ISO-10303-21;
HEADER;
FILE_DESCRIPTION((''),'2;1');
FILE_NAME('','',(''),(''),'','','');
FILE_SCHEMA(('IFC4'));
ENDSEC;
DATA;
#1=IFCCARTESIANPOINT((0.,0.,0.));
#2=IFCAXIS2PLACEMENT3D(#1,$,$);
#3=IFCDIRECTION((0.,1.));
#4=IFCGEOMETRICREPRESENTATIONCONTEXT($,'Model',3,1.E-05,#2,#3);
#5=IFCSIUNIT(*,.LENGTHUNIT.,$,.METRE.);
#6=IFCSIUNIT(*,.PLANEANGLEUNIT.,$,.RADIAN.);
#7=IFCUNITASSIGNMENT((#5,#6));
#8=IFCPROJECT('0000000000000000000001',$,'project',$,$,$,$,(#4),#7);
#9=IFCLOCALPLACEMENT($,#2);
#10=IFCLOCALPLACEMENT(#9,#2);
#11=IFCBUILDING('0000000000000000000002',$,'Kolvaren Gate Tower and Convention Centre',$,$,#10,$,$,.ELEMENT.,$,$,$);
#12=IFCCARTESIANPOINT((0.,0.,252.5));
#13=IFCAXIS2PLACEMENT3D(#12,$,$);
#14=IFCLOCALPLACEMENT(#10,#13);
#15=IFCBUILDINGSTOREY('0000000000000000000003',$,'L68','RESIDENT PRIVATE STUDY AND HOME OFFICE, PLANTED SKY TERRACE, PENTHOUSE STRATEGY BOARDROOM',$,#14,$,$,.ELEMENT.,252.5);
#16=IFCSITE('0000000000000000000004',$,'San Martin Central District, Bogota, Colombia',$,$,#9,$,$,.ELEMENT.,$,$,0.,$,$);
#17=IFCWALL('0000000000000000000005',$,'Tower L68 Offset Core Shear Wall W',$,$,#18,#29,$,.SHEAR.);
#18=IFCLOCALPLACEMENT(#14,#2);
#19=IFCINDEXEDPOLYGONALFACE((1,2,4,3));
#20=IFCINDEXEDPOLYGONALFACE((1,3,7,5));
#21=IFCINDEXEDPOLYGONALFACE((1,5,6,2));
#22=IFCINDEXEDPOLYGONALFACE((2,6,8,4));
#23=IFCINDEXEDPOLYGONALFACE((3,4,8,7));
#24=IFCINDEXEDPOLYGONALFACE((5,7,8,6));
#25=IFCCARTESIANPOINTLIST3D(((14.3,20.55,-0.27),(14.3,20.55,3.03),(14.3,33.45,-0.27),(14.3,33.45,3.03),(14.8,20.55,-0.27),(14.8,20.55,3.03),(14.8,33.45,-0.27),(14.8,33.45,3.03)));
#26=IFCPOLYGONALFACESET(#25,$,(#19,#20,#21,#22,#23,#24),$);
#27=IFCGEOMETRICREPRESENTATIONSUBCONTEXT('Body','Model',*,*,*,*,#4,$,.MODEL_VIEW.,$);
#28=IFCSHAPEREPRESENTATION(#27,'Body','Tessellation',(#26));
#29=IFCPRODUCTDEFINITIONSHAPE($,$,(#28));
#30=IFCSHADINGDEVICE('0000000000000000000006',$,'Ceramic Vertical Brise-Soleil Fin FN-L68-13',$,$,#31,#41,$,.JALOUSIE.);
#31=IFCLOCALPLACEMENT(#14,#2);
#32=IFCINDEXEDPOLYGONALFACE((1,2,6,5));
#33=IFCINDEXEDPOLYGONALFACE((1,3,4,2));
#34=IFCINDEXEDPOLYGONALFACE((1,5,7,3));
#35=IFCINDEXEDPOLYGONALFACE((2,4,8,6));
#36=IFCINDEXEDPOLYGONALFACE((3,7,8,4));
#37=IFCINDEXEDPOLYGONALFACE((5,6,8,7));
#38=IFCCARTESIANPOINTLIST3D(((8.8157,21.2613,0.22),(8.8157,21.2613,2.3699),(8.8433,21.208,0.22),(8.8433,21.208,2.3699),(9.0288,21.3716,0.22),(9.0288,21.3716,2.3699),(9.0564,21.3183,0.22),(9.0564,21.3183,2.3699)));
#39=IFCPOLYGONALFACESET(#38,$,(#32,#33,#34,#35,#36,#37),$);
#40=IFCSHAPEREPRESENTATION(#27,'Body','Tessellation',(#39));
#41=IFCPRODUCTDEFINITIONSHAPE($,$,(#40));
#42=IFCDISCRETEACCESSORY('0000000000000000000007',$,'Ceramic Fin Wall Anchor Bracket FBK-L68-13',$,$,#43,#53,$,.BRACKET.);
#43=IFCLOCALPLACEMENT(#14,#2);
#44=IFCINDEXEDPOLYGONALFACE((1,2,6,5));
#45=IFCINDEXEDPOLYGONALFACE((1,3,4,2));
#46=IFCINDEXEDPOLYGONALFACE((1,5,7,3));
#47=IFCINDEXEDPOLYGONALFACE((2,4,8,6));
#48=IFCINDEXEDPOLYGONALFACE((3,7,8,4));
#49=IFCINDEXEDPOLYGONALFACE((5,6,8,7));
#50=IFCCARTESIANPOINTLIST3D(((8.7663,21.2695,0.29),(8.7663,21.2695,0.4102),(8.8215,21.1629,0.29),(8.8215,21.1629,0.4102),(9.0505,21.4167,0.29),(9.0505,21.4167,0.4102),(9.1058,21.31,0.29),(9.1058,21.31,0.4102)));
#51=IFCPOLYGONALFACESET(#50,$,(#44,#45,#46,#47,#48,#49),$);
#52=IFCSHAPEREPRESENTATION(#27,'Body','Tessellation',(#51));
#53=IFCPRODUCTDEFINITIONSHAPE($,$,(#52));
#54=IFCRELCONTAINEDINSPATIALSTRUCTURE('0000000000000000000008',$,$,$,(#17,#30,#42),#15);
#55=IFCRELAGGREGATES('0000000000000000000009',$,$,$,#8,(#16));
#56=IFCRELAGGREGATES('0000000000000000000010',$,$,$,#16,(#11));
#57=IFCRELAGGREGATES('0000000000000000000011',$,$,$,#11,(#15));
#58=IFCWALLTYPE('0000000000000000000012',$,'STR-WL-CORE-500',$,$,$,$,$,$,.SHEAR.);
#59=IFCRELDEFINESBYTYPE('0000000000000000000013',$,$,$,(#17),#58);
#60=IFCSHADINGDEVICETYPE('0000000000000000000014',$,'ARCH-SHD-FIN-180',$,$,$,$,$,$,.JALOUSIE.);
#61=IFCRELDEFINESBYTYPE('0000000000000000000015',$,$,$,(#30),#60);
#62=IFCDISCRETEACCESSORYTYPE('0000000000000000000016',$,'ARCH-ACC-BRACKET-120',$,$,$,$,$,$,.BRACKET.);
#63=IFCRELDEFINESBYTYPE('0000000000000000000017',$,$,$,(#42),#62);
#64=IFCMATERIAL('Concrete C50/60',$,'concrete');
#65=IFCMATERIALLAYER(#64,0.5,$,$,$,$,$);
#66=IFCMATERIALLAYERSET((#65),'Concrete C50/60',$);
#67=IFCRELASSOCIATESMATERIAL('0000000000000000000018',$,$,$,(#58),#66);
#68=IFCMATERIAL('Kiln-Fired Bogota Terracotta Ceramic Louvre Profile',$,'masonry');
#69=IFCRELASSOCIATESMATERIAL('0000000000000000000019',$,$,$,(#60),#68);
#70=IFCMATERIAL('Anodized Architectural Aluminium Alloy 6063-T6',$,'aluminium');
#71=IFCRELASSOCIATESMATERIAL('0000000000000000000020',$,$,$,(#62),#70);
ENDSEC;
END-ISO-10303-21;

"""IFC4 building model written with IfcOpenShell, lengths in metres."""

from ifc_helpers import new_model, si_unit, direction, frame, frame_2d, origin, origin_2d, place, context, subcontext, project, spatial, rectangle, extrude, material, layer, layer_set, type_object, element, save


model = new_model("IFC4")

# Units and contexts
model_context = context("Model", 3, precision=1e-05, world=origin(), true_north=direction((0.0, 1.0)))
body_context = subcontext(model_context, "Body", "Model", "MODEL_VIEW")
ifc_project = project(units=[si_unit("LENGTHUNIT", "METRE"), si_unit("PLANEANGLEUNIT", "RADIAN")], contexts=[model_context])

# Site, building, storey
site_placement = place(None, origin())
site = spatial("IfcSite", under=ifc_project, at=site_placement, Name="San Martin Central District, Bogota, Colombia", CompositionType="ELEMENT", RefElevation=0.0)
building_placement = place(site_placement, origin())
building = spatial("IfcBuilding", under=site, at=building_placement, Name="Kolvaren Gate Tower and Convention Centre", CompositionType="ELEMENT")
storey_placement = place(building_placement, frame((0.0, 0.0, 252.5)))
storey = spatial("IfcBuildingStorey", under=building, at=storey_placement, Name="L68", Description="RESIDENT PRIVATE STUDY AND HOME OFFICE, PLANTED SKY TERRACE, PENTHOUSE STRATEGY BOARDROOM", CompositionType="ELEMENT", Elevation=252.5)

# Shared definitions
ifc_material_1 = material(Name="Anodized Architectural Aluminium Alloy 6063-T6", Category="aluminium")

# Wall
ifc_material_2 = material(Name="Concrete C50/60", Category="concrete")
ifc_layer_1 = layer(ifc_material_2, 0.5)
ifc_layer_set_1 = layer_set([ifc_layer_1], Name="Concrete C50/60")
wall_type_1 = type_object("IfcWallType", Name="STR-WL-CORE-500", PredefinedType="SHEAR", material=ifc_layer_set_1)
wall_1_placement = place(storey_placement, frame((14.55, 20.55, -0.27), z_axis=(0.0, 0.0, 1.0), x_axis=(0.0, 1.0, 0.0)))
element("IfcWall", 1, at=wall_1_placement, inside=storey, type_object=wall_type_1, Name="Tower L68 Offset Core Shear Wall W", PredefinedType="SHEAR", context=body_context, shape_type="SweptSolid", body=[
    extrude(rectangle(XDim=12.8999, YDim=0.5, at=frame_2d((6.45, 0.0))), origin(), (0.0, 0.0, 1.0), 3.3),
])

# Shading device
ifc_material_3 = material(Name="Kiln-Fired Bogota Terracotta Ceramic Louvre Profile", Category="masonry")
shading_device_type = type_object("IfcShadingDeviceType", Name="ARCH-SHD-FIN-180", PredefinedType="JALOUSIE", material=ifc_material_3)
shading_device_placement = place(storey_placement, frame((8.936, 21.2898, 0.22), z_axis=(0.0, 0.0, 1.0), x_axis=(0.459778, -0.888034, 0.0)))
element("IfcShadingDevice", 2, at=shading_device_placement, inside=storey, type_object=shading_device_type, Name="Ceramic Vertical Brise-Soleil Fin FN-L68-13", PredefinedType="JALOUSIE", context=body_context, shape_type="SweptSolid", body=[
    extrude(rectangle(XDim=0.0601, YDim=0.24, at=origin_2d()), origin(), (0.0, 0.0, 1.0), 2.1499),
])

# Discrete accessory
discrete_accessory_type = type_object("IfcDiscreteAccessoryType", Name="ARCH-ACC-BRACKET-120", PredefinedType="BRACKET", material=ifc_material_1)
discrete_accessory_placement = place(storey_placement, frame((8.936, 21.2898, 0.29), z_axis=(0.0, 0.0, 1.0), x_axis=(0.459778, -0.888034, 0.0)))
element("IfcDiscreteAccessory", 3, at=discrete_accessory_placement, inside=storey, type_object=discrete_accessory_type, Name="Ceramic Fin Wall Anchor Bracket FBK-L68-13", PredefinedType="BRACKET", context=body_context, shape_type="SweptSolid", body=[
    extrude(rectangle(XDim=0.1201, YDim=0.3201, at=origin_2d()), origin(), (0.0, 0.0, 1.0), 0.1201),
])

save(model, "model.ifc")
